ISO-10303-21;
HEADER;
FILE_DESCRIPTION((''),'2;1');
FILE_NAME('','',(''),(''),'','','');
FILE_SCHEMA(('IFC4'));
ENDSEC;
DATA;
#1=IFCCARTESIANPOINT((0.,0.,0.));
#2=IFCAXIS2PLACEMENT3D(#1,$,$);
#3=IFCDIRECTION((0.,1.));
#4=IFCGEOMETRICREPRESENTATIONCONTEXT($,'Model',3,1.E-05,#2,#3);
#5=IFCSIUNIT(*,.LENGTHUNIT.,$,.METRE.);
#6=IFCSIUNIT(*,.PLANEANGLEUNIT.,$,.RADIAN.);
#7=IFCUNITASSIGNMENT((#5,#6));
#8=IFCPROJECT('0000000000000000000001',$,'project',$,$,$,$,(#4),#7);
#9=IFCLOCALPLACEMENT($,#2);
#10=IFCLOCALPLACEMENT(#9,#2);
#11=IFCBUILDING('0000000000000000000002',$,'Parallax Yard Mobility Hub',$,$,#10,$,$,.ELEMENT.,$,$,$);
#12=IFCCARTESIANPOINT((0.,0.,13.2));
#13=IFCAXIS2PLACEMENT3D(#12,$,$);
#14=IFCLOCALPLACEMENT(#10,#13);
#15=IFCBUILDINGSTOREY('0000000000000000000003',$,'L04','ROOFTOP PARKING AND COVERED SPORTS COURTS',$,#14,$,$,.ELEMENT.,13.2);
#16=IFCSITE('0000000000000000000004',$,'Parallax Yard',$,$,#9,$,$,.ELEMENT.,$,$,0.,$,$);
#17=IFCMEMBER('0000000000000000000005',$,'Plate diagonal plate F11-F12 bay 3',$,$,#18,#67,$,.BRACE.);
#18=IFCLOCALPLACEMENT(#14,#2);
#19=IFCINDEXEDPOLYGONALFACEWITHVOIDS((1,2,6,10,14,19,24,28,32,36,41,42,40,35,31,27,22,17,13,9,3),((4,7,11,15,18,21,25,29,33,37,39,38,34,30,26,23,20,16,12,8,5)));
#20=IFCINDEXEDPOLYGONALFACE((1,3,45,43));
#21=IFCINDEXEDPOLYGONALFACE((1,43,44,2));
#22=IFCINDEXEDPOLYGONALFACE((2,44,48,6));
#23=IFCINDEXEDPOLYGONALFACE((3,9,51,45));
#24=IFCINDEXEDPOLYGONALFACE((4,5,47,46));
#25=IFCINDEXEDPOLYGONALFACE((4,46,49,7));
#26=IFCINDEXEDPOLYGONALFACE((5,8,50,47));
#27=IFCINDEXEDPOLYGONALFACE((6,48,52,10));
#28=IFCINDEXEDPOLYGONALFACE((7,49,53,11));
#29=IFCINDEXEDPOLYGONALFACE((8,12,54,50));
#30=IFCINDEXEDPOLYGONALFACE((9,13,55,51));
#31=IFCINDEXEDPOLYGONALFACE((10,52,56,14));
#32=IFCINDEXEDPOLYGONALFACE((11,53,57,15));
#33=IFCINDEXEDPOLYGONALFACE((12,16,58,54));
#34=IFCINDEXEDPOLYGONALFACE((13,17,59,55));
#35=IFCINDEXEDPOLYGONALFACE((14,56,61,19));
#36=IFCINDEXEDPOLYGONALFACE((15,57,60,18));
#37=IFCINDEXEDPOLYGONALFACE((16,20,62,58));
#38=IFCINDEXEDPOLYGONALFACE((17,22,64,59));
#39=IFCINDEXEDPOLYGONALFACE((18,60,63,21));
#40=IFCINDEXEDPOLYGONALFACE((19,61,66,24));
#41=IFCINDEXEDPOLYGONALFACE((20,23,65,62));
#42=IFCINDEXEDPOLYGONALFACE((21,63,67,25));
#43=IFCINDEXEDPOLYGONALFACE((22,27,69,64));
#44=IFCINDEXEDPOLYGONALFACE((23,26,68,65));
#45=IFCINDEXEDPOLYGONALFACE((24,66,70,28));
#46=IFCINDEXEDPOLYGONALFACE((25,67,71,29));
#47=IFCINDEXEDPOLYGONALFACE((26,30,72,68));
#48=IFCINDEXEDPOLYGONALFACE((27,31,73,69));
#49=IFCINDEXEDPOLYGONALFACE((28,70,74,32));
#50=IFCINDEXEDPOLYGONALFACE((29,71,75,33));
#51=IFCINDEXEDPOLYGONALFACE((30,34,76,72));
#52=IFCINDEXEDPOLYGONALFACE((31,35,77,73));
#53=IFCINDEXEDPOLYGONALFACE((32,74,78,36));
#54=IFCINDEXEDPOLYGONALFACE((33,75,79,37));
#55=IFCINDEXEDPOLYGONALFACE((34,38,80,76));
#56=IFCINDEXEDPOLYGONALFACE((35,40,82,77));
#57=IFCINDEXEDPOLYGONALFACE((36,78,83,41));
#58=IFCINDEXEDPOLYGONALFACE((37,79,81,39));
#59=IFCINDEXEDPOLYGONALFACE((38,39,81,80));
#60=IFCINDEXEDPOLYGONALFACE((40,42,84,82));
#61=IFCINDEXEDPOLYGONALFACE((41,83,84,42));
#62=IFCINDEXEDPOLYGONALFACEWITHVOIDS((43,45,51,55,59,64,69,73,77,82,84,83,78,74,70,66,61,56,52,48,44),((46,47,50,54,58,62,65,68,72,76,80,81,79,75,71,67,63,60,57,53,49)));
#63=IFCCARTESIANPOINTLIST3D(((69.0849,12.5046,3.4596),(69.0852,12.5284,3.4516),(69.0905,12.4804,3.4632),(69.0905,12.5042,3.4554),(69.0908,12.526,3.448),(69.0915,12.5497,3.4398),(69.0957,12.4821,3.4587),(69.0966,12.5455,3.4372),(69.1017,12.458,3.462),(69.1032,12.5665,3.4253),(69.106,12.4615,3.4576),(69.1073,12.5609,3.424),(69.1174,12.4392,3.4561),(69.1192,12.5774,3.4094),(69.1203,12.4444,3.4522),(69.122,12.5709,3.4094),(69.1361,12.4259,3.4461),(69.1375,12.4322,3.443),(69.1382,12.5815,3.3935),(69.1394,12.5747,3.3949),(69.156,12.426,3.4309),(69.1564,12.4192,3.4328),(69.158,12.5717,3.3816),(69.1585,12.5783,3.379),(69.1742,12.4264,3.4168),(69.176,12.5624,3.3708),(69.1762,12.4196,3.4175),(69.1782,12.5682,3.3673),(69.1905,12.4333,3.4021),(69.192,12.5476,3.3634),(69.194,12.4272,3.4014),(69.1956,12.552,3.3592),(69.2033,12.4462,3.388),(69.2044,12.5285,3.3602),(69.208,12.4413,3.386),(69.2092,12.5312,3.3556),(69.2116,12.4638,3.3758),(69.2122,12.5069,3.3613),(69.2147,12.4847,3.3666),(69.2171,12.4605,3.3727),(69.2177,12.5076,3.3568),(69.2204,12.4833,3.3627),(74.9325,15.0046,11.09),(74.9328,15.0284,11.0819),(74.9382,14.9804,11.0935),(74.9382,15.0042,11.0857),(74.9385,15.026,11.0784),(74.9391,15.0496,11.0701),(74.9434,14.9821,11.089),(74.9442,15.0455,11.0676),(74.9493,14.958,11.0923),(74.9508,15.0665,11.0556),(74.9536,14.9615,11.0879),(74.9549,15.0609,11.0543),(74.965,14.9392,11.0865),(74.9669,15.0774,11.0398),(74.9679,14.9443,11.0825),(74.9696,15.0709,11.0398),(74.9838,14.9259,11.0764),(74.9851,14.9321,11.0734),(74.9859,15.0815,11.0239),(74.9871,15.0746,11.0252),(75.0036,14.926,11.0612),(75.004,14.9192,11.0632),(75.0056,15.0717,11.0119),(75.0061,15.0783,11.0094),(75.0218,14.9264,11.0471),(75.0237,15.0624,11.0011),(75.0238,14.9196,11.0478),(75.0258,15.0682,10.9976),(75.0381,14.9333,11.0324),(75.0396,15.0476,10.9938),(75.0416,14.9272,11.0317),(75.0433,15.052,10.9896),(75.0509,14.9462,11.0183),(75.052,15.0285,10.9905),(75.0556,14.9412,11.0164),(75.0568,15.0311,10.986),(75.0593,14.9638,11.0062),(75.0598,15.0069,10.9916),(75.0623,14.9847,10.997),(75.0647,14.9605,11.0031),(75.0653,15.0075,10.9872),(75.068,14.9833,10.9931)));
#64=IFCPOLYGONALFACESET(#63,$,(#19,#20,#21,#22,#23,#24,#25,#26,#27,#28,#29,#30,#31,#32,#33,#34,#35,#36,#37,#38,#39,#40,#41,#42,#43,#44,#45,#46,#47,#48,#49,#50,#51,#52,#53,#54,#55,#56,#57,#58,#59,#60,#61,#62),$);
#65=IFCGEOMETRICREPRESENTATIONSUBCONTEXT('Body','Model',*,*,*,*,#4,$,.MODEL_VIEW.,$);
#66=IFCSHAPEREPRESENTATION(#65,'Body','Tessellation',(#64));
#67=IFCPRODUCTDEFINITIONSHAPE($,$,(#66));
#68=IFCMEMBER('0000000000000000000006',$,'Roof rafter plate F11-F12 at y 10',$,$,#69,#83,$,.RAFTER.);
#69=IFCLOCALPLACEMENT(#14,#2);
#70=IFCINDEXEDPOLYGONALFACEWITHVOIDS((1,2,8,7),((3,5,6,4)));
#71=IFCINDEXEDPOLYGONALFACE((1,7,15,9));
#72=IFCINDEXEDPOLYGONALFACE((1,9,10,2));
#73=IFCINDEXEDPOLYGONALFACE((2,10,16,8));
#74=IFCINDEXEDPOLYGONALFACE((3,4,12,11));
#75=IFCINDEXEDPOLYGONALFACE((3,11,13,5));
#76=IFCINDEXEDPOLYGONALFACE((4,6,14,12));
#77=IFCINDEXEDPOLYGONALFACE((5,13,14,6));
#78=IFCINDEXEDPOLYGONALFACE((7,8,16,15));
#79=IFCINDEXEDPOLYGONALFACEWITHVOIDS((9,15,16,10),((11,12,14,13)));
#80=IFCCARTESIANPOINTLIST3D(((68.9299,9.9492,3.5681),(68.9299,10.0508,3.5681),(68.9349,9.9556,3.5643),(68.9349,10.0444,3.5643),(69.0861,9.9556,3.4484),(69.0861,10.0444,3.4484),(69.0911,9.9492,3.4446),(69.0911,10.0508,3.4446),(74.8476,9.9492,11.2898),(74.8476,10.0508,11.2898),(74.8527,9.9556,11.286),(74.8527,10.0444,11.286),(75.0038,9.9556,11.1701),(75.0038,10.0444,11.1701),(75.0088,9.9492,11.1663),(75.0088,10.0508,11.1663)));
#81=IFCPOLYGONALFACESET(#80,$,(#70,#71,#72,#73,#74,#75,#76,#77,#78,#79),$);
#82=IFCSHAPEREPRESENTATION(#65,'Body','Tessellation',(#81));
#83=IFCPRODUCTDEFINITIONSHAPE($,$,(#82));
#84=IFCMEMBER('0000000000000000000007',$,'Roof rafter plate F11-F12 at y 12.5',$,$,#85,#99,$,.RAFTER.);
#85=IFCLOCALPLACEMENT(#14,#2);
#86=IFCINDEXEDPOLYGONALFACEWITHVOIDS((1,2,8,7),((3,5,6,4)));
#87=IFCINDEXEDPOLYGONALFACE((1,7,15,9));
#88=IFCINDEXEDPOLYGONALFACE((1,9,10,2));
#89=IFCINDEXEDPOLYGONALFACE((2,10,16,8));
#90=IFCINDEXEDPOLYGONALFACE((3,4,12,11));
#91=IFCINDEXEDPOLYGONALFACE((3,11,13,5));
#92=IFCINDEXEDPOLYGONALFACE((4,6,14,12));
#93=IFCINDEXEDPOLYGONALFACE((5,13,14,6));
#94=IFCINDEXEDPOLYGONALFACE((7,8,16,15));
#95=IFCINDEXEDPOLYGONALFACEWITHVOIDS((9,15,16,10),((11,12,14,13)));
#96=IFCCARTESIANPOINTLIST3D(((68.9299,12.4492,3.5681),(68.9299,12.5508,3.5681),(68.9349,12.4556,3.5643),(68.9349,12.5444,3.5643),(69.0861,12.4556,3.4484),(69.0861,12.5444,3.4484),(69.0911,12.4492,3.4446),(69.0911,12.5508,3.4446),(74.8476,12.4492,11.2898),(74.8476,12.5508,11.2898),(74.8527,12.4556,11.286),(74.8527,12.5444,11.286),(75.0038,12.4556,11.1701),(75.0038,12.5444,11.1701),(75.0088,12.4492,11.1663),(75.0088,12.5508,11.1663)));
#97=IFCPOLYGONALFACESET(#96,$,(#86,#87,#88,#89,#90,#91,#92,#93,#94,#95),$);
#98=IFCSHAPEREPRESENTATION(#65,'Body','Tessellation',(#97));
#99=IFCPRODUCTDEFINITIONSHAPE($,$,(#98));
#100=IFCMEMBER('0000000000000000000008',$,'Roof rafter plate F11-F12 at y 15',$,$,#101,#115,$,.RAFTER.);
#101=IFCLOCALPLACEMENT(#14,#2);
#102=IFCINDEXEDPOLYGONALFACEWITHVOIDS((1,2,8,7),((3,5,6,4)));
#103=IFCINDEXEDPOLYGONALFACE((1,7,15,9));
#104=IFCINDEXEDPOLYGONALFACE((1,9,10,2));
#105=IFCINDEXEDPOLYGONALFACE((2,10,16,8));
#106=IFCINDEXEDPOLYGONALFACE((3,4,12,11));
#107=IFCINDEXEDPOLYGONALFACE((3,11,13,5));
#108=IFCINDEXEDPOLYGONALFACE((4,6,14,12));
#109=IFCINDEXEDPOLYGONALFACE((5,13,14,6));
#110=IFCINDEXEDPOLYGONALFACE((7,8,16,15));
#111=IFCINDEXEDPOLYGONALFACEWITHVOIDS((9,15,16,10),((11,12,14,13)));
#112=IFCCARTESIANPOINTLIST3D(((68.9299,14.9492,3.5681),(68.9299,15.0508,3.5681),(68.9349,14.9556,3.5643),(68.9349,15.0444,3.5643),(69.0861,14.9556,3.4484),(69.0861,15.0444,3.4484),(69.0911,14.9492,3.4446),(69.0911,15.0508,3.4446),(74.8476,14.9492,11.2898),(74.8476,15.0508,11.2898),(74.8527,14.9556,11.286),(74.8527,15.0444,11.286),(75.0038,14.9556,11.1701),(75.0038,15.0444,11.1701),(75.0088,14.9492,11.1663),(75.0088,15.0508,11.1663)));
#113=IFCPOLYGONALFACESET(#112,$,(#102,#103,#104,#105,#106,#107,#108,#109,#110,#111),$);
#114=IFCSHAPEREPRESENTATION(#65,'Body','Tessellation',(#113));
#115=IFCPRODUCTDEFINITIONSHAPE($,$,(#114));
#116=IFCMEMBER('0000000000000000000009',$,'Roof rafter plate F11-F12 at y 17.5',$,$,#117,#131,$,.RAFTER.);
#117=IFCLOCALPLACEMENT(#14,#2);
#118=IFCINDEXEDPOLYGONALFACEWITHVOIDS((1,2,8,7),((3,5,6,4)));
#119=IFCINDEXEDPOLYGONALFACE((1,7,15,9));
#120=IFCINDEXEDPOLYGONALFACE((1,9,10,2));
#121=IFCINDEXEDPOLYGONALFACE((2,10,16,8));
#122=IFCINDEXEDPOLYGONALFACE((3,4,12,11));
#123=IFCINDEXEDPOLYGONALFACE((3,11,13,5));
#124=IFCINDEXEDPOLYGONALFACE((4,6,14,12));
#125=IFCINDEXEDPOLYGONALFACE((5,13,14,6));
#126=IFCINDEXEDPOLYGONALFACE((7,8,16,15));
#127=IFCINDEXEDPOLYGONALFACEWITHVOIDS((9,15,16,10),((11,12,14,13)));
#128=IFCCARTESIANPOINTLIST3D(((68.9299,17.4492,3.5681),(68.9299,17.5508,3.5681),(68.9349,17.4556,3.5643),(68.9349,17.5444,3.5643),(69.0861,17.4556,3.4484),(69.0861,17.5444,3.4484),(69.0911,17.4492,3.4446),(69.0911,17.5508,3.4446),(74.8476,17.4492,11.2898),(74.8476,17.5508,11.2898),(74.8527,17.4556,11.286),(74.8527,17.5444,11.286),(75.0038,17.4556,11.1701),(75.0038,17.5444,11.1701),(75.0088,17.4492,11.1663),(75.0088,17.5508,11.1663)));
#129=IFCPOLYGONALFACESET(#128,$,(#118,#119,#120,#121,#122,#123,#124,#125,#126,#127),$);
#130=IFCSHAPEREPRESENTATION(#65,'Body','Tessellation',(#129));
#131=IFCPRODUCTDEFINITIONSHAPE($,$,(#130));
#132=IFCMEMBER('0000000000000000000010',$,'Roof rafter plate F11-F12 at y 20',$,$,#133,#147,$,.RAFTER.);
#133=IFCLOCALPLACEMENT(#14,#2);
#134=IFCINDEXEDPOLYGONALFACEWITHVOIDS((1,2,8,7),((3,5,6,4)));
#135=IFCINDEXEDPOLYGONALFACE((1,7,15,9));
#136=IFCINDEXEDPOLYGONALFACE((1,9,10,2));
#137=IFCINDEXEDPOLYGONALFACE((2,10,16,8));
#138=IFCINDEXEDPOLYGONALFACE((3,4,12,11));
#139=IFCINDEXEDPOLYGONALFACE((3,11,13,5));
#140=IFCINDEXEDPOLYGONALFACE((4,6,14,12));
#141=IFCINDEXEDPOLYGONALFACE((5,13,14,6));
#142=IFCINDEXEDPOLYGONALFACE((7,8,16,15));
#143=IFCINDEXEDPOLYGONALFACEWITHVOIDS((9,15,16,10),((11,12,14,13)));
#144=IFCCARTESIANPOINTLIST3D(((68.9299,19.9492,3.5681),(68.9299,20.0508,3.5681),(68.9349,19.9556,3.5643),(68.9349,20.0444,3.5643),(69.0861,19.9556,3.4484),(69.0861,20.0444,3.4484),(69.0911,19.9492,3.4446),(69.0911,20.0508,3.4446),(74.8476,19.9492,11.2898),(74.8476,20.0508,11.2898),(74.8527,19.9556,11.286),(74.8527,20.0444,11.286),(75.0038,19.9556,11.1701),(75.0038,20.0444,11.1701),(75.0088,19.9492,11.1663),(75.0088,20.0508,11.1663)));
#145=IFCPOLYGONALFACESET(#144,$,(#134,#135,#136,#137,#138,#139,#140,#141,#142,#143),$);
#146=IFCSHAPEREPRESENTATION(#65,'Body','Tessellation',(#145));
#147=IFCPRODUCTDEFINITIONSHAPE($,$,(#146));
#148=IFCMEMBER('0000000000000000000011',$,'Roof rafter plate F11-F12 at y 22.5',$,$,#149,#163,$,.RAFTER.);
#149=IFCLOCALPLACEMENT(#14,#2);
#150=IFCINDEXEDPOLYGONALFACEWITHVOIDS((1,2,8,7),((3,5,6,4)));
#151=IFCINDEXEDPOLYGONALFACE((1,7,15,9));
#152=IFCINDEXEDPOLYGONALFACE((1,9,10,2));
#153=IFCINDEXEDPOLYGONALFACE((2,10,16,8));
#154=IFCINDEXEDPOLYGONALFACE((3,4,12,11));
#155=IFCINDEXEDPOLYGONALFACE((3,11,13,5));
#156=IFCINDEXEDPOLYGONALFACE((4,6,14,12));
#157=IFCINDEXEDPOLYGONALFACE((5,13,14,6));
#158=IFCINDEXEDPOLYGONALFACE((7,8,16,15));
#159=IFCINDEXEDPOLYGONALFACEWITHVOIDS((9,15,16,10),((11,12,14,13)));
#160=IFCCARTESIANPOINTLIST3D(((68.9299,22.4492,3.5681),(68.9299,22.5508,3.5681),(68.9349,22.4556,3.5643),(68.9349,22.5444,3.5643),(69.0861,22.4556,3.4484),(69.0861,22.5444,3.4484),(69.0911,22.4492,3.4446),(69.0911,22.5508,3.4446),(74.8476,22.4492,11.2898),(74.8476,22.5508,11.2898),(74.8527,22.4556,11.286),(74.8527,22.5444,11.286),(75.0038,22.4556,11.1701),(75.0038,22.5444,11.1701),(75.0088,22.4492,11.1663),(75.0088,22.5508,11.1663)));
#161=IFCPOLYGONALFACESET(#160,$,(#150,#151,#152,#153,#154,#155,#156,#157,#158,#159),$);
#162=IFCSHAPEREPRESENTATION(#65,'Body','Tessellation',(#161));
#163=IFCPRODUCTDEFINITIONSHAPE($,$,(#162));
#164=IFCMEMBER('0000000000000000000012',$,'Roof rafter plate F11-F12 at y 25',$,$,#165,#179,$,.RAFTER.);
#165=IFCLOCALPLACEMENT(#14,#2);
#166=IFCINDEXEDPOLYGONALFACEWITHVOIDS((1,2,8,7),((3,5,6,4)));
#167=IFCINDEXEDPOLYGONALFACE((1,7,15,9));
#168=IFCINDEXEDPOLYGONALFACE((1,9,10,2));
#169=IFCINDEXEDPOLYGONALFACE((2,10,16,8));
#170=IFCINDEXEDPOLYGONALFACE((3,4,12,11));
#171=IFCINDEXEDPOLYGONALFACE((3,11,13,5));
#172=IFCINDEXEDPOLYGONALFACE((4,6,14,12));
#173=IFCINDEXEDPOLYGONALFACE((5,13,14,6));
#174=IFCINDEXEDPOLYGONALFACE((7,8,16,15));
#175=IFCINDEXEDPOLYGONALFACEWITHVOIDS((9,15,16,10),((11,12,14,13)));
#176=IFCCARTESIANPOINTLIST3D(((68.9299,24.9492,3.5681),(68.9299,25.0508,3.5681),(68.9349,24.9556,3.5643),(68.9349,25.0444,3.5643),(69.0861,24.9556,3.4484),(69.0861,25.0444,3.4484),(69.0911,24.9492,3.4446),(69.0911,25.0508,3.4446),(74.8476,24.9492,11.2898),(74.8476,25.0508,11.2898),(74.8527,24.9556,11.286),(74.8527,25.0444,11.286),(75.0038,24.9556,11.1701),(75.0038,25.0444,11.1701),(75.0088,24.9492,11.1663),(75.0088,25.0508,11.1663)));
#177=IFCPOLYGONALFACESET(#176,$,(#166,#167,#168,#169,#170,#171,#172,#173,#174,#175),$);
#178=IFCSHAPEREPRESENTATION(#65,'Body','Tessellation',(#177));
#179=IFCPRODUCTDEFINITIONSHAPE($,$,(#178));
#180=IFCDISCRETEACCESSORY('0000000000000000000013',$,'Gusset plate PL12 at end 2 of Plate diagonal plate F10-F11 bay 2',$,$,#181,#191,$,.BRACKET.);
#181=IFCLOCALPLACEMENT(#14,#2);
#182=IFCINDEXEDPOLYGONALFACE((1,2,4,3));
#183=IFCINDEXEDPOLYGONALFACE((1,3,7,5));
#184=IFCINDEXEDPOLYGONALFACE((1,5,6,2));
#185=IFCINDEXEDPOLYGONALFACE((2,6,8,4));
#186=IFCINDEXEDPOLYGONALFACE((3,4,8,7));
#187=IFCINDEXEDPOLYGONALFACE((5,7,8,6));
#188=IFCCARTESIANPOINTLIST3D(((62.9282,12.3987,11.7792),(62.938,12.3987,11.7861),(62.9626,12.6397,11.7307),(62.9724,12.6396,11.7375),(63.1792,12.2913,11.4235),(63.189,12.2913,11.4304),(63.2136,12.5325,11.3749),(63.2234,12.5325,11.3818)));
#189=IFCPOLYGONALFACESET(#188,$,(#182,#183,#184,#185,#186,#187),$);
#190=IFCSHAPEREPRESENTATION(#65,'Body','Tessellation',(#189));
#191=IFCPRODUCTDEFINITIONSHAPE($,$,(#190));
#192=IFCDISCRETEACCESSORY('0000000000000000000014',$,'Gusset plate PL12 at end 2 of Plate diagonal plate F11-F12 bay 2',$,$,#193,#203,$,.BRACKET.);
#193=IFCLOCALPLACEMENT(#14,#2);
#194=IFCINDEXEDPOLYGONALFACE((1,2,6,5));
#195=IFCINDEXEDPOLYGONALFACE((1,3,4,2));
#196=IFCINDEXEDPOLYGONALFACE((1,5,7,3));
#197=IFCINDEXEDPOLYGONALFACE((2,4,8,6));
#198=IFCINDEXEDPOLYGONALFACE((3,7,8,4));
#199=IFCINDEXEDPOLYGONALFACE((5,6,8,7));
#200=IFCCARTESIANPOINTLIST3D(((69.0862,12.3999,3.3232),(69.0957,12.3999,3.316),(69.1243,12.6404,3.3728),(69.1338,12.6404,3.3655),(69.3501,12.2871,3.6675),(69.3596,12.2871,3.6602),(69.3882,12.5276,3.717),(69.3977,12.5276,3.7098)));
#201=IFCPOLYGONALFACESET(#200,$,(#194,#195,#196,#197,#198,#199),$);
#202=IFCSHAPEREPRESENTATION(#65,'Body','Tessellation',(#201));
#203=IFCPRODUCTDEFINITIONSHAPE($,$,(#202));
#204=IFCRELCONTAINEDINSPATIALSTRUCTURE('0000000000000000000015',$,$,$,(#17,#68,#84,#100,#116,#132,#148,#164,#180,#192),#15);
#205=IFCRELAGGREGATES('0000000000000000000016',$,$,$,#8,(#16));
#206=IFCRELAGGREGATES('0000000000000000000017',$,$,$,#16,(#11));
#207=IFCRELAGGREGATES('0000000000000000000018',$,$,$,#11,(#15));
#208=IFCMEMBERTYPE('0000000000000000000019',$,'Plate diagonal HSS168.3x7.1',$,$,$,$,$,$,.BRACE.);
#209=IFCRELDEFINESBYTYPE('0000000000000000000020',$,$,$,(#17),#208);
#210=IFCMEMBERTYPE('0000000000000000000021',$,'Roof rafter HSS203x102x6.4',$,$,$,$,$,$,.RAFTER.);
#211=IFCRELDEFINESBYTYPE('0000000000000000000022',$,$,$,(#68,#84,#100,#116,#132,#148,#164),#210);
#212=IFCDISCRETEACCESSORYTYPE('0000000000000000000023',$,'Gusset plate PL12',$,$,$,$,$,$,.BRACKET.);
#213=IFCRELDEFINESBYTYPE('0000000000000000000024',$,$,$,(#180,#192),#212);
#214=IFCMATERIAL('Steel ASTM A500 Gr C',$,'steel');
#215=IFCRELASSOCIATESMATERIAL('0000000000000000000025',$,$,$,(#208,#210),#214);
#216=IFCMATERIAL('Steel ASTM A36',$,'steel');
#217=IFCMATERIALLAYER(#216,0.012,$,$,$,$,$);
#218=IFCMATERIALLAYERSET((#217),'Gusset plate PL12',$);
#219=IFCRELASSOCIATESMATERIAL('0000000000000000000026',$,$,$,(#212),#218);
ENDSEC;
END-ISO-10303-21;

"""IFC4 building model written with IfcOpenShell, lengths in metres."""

from ifc_helpers import new_model, si_unit, direction, frame, origin, origin_2d, place, context, subcontext, project, spatial, polyline, hollow_rectangle, hollow_circle, outline, extrude, material, layer, layer_set, material_profile, profile_set, type_object, element, save


model = new_model("IFC4")

# Units and contexts
model_context = context("Model", 3, precision=1e-05, world=origin(), true_north=direction((0.0, 1.0)))
body_context = subcontext(model_context, "Body", "Model", "MODEL_VIEW")
ifc_project = project(units=[si_unit("LENGTHUNIT", "METRE"), si_unit("PLANEANGLEUNIT", "RADIAN")], contexts=[model_context])

# Site, building, storey
site_placement = place(None, origin())
site = spatial("IfcSite", under=ifc_project, at=site_placement, Name="Parallax Yard", CompositionType="ELEMENT", RefElevation=0.0)
building_placement = place(site_placement, origin())
building = spatial("IfcBuilding", under=site, at=building_placement, Name="Parallax Yard Mobility Hub", CompositionType="ELEMENT")
storey_placement = place(building_placement, frame((0.0, 0.0, 13.2)))
storey = spatial("IfcBuildingStorey", under=building, at=storey_placement, Name="L04", Description="ROOFTOP PARKING AND COVERED SPORTS COURTS", CompositionType="ELEMENT", Elevation=13.2)

# Members
ifc_material_1 = material(Name="Steel ASTM A500 Gr C", Category="steel")
ifc_material_profile_1 = material_profile(ifc_material_1, hollow_circle(Radius=0.0842, WallThickness=0.0071, at=origin_2d()), Name="HSS168.3x7.1")
ifc_profile_set_1 = profile_set([ifc_material_profile_1], Name="Steel ASTM A500 Gr C")
member_type_1 = type_object("IfcMemberType", Name="Plate diagonal HSS168.3x7.1", PredefinedType="BRACE", material=ifc_profile_set_1)
member_1_placement = place(storey_placement, frame((69.1523, 12.5, 3.4094), z_axis=(0.588701, 0.251682, 0.768172), x_axis=(-0.393104, 0.919494, 0.0)))
element("IfcMember", 1, at=member_1_placement, inside=storey, type_object=member_type_1, Name="Plate diagonal plate F11-F12 bay 3", PredefinedType="BRACE", context=body_context, shape_type="SweptSolid", body=[
    extrude(hollow_circle(Radius=0.0842, WallThickness=0.0071, at=origin_2d()), origin(), (0.0, 0.0, 1.0), 9.9331),
])
ifc_material_profile_2 = material_profile(ifc_material_1, hollow_rectangle(XDim=0.1016, YDim=0.2031, WallThickness=0.0063, at=origin_2d()), Name="HSS203x102x6.4")
ifc_profile_set_2 = profile_set([ifc_material_profile_2], Name="Steel ASTM A500 Gr C")
member_type_2 = type_object("IfcMemberType", Name="Roof rafter HSS203x102x6.4", PredefinedType="RAFTER", material=ifc_profile_set_2)
for number, where, z_axis, x_axis, name in (
    (2, (69.0105, 10.0, 3.5063), (0.608287, 0.0, 0.793717), (0.0, 1.0, 0.0), "Roof rafter plate F11-F12 at y 10"),
    (3, (69.0105, 12.5, 3.5063), (0.608287, 0.0, 0.793717), (0.0, 1.0, 0.0), "Roof rafter plate F11-F12 at y 12.5"),
    (4, (69.0105, 15.0, 3.5063), (0.608287, 0.0, 0.793717), (0.0, 1.0, 0.0), "Roof rafter plate F11-F12 at y 15"),
    (5, (69.0105, 17.5, 3.5063), (0.608287, 0.0, 0.793717), (0.0, 1.0, 0.0), "Roof rafter plate F11-F12 at y 17.5"),
    (6, (69.0105, 20.0, 3.5063), (0.608287, 0.0, 0.793717), (0.0, 1.0, 0.0), "Roof rafter plate F11-F12 at y 20"),
    (7, (69.0105, 22.5, 3.5063), (0.608287, 0.0, 0.793717), (0.0, 1.0, 0.0), "Roof rafter plate F11-F12 at y 22.5"),
    (8, (69.0105, 25.0, 3.5063), (0.608287, 0.0, 0.793717), (0.0, 1.0, 0.0), "Roof rafter plate F11-F12 at y 25"),
):
    element("IfcMember", number, at=place(storey_placement, frame(where, z_axis=z_axis, x_axis=x_axis)), inside=storey, type_object=member_type_2, Name=name, PredefinedType="RAFTER", context=body_context, shape_type="SweptSolid", body=[
        extrude(hollow_rectangle(XDim=0.1016, YDim=0.2031, WallThickness=0.0063, at=origin_2d()), origin(), (0.0, 0.0, 1.0), 9.7285),
    ])

# Discrete accessories
ifc_material_2 = material(Name="Steel ASTM A36", Category="steel")
ifc_layer = layer(ifc_material_2, 0.012)
ifc_layer_set = layer_set([ifc_layer], Name="Gusset plate PL12")
discrete_accessory_type = type_object("IfcDiscreteAccessoryType", Name="Gusset plate PL12", PredefinedType="BRACKET", material=ifc_layer_set)
discrete_accessory_1_placement = place(storey_placement, frame((63.2234, 12.5325, 11.3818), z_axis=(0.817026, -0.000463, 0.5766), x_axis=(-0.559792, 0.239055, 0.793401)))
element("IfcDiscreteAccessory", 9, at=discrete_accessory_1_placement, inside=storey, type_object=discrete_accessory_type, Name="Gusset plate PL12 at end 2 of Plate diagonal plate F10-F11 bay 2", PredefinedType="BRACKET", context=body_context, shape_type="SweptSolid", body=[
    extrude(outline(polyline([(0.0, 0.0), (0.4483, 0.0), (0.4486, 0.2482), (0.0002, 0.2485), (0.0, 0.0)])), origin(), (0.0, 0.0, -1.0), 0.012),
])
discrete_accessory_2_placement = place(storey_placement, frame((69.3882, 12.5276, 3.717), z_axis=(-0.793563, 0.000277, 0.608489), x_axis=(-0.588849, 0.251664, -0.768064)))
element("IfcDiscreteAccessory", 10, at=discrete_accessory_2_placement, inside=storey, type_object=discrete_accessory_type, Name="Gusset plate PL12 at end 2 of Plate diagonal plate F11-F12 bay 2", PredefinedType="BRACKET", context=body_context, shape_type="SweptSolid", body=[
    extrude(outline(polyline([(0.0, 0.0), (0.4482, 0.0), (0.4482, 0.2485), (0.0, 0.2485), (0.0, 0.0)])), origin(), (0.0, 0.0, -1.0), 0.012),
])

save(model, "model.ifc")
